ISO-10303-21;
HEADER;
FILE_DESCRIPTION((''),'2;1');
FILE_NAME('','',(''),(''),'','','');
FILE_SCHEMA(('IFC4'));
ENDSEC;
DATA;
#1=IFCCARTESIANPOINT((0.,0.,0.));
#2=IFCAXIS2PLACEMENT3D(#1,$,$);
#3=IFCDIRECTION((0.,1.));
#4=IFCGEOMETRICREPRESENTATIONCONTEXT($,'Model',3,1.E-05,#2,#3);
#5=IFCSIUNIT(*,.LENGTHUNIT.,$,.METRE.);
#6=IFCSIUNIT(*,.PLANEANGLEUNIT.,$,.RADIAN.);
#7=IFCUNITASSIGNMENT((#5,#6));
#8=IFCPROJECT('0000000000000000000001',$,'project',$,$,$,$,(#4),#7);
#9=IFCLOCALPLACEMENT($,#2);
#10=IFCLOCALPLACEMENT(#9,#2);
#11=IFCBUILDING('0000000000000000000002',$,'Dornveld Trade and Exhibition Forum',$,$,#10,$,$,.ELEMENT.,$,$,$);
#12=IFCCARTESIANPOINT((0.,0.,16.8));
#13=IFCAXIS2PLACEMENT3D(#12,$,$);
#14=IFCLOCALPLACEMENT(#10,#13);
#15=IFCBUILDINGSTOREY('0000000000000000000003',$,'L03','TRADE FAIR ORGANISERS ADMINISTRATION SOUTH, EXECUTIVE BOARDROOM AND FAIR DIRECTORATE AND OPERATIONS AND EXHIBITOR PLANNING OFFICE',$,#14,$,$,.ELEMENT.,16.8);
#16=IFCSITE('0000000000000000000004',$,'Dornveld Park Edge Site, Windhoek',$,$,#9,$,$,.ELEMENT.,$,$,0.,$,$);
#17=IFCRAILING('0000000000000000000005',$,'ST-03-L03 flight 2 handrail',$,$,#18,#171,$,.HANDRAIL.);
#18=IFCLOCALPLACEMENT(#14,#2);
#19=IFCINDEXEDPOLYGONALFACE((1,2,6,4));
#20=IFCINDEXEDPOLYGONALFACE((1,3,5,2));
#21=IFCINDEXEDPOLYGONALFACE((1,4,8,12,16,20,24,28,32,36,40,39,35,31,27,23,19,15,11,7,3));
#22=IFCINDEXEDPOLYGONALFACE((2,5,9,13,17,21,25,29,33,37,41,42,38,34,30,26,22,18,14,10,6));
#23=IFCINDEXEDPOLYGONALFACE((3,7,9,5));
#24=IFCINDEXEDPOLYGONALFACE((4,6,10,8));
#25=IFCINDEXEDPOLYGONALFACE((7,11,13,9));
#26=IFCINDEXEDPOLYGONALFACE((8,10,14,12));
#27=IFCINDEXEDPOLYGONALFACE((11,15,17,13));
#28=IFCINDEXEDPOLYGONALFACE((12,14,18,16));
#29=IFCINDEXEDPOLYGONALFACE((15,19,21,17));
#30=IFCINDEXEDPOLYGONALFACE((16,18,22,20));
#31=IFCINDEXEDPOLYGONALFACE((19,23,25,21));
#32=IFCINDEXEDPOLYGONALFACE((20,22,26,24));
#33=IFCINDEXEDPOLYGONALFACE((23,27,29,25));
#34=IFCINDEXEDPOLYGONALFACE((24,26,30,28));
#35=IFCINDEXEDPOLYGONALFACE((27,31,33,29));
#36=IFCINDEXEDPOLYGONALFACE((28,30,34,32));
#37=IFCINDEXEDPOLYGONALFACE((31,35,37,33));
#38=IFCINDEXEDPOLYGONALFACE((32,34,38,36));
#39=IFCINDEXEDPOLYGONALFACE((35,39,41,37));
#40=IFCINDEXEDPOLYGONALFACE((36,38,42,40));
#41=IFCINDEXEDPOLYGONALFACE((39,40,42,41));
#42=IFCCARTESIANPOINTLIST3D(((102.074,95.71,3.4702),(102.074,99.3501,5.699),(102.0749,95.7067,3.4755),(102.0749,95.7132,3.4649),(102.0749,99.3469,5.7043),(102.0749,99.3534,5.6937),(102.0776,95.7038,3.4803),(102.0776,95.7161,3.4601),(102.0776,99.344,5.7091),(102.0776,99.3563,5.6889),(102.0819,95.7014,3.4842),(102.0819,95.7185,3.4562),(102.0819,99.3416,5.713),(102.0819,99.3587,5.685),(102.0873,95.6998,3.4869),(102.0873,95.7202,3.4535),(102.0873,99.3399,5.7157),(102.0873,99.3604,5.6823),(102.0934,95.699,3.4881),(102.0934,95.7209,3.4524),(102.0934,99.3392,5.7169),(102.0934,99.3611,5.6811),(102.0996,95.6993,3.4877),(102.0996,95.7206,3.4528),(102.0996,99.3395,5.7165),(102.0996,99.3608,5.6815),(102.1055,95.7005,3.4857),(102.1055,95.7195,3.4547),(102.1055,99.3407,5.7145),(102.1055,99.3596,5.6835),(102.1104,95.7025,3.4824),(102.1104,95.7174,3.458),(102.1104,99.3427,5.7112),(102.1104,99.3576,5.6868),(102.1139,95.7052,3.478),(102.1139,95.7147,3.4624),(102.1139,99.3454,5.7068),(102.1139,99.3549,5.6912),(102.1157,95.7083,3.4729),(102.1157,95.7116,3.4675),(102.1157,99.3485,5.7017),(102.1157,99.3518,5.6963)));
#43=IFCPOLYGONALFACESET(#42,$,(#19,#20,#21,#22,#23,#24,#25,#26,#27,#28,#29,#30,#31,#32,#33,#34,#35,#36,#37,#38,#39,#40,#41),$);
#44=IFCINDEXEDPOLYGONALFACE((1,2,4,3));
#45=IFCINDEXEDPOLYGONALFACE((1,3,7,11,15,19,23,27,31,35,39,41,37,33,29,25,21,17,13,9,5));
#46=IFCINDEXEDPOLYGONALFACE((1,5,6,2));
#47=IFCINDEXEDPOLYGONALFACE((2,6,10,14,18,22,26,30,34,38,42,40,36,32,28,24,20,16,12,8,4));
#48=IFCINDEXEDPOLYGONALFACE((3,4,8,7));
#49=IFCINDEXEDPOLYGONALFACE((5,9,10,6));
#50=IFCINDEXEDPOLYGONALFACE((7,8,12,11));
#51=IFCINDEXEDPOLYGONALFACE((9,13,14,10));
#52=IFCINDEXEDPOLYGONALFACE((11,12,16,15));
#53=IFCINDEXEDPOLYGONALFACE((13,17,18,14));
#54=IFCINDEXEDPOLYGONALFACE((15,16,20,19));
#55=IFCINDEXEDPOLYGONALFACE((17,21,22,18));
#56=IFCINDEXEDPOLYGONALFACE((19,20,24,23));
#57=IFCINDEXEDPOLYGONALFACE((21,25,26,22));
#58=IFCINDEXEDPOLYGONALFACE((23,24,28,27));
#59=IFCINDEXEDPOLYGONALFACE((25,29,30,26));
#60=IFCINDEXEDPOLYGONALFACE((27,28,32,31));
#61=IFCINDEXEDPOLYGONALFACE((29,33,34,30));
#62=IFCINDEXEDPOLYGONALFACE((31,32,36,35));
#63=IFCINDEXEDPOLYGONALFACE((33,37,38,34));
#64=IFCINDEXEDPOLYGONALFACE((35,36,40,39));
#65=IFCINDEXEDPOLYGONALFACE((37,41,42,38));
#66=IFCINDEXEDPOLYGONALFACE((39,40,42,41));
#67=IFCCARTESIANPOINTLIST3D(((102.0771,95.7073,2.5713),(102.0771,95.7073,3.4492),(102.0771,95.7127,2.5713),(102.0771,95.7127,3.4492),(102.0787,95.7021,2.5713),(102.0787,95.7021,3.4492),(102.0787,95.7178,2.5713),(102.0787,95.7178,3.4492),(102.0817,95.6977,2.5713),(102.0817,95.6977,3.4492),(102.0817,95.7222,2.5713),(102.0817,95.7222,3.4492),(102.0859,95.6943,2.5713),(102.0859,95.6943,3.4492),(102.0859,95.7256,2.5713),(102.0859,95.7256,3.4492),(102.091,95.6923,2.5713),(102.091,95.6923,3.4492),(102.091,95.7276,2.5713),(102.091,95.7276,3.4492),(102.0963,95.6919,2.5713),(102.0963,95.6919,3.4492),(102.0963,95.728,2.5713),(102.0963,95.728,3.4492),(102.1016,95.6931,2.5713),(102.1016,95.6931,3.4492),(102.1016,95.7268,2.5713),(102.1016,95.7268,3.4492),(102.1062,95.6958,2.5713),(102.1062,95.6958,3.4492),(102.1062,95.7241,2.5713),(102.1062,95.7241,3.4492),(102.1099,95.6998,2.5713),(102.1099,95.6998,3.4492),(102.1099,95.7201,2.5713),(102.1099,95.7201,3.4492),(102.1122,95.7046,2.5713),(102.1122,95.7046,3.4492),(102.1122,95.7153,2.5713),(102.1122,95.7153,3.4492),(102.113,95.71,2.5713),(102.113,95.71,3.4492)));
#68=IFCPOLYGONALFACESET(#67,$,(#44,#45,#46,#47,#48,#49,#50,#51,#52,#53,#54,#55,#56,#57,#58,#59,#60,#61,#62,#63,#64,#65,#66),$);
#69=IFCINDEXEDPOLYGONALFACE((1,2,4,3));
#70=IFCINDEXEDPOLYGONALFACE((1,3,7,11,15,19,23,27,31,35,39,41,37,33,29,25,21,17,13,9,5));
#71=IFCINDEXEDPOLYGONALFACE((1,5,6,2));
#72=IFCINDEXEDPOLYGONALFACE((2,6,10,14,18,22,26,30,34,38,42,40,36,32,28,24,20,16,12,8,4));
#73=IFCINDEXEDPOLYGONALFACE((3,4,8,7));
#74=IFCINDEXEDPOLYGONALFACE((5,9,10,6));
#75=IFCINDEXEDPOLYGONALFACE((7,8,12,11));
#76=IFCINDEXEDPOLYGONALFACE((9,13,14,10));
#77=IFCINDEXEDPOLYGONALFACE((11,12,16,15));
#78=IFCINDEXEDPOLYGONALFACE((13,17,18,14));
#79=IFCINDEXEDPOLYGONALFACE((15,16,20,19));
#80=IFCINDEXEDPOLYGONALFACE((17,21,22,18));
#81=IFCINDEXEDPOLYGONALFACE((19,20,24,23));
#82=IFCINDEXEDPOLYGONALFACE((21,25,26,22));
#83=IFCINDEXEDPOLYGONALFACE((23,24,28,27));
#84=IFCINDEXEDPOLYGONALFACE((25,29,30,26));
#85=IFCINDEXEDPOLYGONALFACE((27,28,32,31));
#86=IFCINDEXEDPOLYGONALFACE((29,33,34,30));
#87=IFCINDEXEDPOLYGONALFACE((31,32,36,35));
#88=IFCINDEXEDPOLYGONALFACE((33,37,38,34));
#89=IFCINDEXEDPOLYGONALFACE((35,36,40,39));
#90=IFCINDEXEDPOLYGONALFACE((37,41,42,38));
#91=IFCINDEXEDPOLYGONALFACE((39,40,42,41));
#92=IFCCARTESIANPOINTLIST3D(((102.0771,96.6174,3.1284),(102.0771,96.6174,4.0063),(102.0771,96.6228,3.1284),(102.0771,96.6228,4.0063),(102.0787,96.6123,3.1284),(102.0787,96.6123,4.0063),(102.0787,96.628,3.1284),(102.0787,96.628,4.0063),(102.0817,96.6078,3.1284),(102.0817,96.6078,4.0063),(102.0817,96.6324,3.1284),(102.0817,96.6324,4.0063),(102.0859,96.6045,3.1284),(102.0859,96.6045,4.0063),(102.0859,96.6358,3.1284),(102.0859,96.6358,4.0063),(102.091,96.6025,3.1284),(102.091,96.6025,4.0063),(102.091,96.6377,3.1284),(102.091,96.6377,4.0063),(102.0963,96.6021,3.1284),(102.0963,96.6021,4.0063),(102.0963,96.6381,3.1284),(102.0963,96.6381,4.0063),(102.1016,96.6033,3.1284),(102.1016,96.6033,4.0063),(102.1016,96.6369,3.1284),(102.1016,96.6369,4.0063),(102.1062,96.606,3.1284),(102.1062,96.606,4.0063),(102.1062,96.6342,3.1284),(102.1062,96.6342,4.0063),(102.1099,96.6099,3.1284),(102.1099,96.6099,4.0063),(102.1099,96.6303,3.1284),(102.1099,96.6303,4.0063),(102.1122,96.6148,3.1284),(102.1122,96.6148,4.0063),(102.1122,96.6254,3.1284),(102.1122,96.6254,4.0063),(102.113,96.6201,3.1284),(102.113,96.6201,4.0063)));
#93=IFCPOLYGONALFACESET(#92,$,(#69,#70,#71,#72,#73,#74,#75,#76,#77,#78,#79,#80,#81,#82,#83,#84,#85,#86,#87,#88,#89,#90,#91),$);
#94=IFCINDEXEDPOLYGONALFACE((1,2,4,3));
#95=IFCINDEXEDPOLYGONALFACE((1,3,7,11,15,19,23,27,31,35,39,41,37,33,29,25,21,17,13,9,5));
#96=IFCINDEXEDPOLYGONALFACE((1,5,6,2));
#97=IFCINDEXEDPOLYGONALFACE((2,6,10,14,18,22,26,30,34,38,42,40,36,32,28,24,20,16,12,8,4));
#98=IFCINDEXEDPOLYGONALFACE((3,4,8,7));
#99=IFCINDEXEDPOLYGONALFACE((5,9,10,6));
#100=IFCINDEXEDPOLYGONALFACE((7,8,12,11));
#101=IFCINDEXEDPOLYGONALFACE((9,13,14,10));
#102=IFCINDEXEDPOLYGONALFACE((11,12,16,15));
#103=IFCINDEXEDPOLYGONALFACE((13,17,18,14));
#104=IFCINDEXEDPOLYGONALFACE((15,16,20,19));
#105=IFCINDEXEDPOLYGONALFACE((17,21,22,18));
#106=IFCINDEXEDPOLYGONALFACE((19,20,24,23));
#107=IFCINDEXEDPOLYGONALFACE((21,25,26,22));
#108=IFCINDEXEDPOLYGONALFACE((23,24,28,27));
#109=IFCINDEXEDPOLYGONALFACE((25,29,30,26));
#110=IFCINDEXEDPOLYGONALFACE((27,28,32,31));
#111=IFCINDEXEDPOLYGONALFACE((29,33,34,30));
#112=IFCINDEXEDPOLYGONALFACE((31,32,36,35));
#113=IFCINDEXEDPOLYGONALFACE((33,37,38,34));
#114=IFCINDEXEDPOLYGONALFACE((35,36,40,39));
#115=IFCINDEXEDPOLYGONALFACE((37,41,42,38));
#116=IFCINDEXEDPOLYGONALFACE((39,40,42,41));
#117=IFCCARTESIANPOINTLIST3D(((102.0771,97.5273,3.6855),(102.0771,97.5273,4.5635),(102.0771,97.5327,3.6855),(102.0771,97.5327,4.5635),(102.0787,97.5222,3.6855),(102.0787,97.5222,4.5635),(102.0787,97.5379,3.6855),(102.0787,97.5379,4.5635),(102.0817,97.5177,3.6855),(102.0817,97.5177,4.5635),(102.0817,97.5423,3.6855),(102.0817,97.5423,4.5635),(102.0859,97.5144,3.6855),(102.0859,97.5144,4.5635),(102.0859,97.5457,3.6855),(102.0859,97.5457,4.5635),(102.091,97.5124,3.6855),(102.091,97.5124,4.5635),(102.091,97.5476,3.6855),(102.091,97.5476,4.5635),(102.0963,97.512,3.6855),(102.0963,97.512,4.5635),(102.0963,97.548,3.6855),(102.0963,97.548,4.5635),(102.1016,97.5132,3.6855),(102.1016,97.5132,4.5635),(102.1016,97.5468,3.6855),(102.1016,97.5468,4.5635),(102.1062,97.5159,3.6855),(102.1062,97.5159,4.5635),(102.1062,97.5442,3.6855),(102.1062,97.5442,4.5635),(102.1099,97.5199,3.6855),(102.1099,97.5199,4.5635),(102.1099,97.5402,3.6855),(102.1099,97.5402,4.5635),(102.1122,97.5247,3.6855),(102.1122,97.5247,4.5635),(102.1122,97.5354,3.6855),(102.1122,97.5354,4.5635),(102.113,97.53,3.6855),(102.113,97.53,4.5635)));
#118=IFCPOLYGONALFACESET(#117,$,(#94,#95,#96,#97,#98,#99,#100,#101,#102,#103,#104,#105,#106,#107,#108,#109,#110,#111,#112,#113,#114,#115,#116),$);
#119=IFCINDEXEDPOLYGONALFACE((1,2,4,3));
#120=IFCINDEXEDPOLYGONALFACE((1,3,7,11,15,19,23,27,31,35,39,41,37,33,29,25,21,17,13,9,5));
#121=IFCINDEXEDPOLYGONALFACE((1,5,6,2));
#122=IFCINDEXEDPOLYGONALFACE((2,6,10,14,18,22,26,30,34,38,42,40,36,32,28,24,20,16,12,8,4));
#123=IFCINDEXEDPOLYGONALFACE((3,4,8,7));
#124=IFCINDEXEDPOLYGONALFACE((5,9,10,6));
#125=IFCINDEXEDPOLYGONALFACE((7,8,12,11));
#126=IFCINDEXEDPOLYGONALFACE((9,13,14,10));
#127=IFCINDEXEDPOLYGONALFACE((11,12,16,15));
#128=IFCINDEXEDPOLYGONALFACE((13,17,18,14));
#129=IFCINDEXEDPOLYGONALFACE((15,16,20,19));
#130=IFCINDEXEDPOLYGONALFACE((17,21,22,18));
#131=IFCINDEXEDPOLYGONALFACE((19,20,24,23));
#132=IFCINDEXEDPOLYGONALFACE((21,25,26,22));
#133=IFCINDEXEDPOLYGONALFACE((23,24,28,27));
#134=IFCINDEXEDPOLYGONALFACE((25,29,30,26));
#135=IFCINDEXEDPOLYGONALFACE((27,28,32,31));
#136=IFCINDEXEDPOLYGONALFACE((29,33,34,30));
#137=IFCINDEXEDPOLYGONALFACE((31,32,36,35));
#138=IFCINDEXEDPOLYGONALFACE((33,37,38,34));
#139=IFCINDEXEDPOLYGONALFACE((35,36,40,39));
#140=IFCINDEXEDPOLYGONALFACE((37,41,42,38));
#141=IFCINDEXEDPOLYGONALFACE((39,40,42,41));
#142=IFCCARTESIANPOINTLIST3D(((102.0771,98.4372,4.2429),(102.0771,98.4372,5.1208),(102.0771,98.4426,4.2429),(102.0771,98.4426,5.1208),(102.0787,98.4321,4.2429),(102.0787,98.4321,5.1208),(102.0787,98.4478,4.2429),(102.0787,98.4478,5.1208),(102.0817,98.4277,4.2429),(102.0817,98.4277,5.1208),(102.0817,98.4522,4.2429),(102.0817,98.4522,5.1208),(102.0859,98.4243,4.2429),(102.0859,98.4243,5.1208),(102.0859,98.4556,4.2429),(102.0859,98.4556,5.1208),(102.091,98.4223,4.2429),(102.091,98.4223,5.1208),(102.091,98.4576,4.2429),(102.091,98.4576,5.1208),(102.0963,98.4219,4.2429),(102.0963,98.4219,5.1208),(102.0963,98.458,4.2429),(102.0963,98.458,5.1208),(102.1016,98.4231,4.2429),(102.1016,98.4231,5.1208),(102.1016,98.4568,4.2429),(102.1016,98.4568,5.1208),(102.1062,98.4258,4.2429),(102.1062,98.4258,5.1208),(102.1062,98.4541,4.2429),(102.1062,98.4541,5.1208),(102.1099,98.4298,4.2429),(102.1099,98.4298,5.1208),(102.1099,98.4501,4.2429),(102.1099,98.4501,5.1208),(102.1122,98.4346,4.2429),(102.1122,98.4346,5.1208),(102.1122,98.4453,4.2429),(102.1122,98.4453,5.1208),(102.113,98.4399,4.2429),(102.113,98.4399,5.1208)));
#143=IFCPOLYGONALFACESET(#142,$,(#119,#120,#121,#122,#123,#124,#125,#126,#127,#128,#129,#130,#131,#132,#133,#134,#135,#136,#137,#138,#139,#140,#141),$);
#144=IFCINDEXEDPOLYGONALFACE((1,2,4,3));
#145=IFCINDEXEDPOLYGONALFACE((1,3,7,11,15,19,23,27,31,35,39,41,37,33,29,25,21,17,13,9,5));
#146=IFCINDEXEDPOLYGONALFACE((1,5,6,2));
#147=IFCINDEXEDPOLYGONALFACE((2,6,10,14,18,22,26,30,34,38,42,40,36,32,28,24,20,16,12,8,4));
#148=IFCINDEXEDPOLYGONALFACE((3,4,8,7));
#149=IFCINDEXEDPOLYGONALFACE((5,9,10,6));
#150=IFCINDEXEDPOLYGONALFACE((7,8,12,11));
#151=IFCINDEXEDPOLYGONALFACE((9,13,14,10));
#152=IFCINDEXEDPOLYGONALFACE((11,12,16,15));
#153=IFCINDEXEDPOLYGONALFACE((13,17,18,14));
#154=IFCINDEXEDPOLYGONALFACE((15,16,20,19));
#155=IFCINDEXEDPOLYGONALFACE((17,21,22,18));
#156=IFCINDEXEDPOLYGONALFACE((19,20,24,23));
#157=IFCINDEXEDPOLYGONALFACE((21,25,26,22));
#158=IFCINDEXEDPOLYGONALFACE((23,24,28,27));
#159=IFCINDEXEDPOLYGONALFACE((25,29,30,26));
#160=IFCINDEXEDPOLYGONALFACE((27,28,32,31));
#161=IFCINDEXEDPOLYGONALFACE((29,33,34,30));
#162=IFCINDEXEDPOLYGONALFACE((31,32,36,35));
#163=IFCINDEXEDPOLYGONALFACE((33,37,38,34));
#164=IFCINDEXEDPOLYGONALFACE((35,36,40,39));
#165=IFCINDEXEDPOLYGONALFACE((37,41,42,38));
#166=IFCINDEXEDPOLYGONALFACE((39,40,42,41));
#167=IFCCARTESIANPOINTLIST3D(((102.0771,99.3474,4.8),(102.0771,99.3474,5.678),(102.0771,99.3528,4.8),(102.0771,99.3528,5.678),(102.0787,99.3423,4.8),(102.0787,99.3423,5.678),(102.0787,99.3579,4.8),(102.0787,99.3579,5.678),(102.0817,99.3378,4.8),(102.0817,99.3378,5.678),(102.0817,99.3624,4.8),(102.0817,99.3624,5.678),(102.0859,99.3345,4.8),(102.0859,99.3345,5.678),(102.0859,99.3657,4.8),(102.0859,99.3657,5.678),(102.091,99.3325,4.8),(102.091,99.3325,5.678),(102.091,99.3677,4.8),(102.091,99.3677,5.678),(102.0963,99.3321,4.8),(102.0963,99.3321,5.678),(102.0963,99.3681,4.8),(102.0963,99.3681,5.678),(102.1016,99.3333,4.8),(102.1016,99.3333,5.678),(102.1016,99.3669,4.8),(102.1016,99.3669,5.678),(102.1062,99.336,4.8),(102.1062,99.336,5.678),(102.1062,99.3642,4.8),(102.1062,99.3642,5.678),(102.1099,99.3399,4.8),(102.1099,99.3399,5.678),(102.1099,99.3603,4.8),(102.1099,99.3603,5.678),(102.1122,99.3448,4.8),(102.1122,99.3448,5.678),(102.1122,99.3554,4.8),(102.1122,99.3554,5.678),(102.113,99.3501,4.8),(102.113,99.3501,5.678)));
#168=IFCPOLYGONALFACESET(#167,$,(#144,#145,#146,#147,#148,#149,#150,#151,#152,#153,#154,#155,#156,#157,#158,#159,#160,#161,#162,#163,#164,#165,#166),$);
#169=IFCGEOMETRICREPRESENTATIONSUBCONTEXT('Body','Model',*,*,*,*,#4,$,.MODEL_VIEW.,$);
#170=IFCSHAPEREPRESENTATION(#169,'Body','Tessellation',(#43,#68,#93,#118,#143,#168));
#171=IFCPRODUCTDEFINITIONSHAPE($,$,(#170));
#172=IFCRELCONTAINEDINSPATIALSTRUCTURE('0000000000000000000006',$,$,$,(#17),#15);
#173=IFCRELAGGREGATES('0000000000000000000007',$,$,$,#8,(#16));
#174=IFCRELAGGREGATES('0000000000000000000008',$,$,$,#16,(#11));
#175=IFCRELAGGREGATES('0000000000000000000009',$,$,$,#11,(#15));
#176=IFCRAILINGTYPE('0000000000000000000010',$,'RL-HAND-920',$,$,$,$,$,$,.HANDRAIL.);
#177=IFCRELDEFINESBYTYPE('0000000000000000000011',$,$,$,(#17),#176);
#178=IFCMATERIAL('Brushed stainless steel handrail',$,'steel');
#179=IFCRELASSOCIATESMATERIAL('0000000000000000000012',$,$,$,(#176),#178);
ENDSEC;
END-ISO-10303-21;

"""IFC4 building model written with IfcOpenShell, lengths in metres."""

from ifc_helpers import new_model, si_unit, direction, frame, origin, origin_2d, place, context, subcontext, project, spatial, circle, extrude, material, type_object, element, save


model = new_model("IFC4")

# Units and contexts
model_context = context("Model", 3, precision=1e-05, world=origin(), true_north=direction((0.0, 1.0)))
body_context = subcontext(model_context, "Body", "Model", "MODEL_VIEW")
ifc_project = project(units=[si_unit("LENGTHUNIT", "METRE"), si_unit("PLANEANGLEUNIT", "RADIAN")], contexts=[model_context])

# Site, building, storey
site_placement = place(None, origin())
site = spatial("IfcSite", under=ifc_project, at=site_placement, Name="Dornveld Park Edge Site, Windhoek", CompositionType="ELEMENT", RefElevation=0.0)
building_placement = place(site_placement, origin())
building = spatial("IfcBuilding", under=site, at=building_placement, Name="Dornveld Trade and Exhibition Forum", CompositionType="ELEMENT")
storey_placement = place(building_placement, frame((0.0, 0.0, 16.8)))
storey = spatial("IfcBuildingStorey", under=building, at=storey_placement, Name="L03", Description="TRADE FAIR ORGANISERS ADMINISTRATION SOUTH, EXECUTIVE BOARDROOM AND FAIR DIRECTORATE AND OPERATIONS AND EXHIBITOR PLANNING OFFICE", CompositionType="ELEMENT", Elevation=16.8)

# Railing
ifc_material_1 = material(Name="Brushed stainless steel handrail", Category="steel")
railing_type_1 = type_object("IfcRailingType", Name="RL-HAND-920", PredefinedType="HANDRAIL", material=ifc_material_1)
railing_1_placement = place(storey_placement, frame((102.095, 95.71, 2.5713)))
element("IfcRailing", 1, at=railing_1_placement, inside=storey, type_object=railing_type_1, Name="ST-03-L03 flight 2 handrail", PredefinedType="HANDRAIL", context=body_context, shape_type="SweptSolid", body=[
    extrude(circle(Radius=0.021, at=origin_2d()), frame((0.0, 0.0, 0.8989), z_axis=(0.0, 0.85284, 0.522172), x_axis=(-1.0, 0.0, 0.0)), (0.0, 0.0, 1.0), 4.2683),
    extrude(circle(Radius=0.0181, at=origin_2d()), origin(), (0.0, 0.0, 1.0), 0.8779),
    extrude(circle(Radius=0.0181, at=origin_2d()), frame((0.0, 0.9102, 0.5571)), (0.0, 0.0, 1.0), 0.8779),
    extrude(circle(Radius=0.0181, at=origin_2d()), frame((0.0, 1.8201, 1.1143)), (0.0, 0.0, 1.0), 0.8779),
    extrude(circle(Radius=0.0181, at=origin_2d()), frame((0.0, 2.73, 1.6716)), (0.0, 0.0, 1.0), 0.8779),
    extrude(circle(Radius=0.0181, at=origin_2d()), frame((0.0, 3.6401, 2.2288)), (0.0, 0.0, 1.0), 0.8779),
])

save(model, "model.ifc")
